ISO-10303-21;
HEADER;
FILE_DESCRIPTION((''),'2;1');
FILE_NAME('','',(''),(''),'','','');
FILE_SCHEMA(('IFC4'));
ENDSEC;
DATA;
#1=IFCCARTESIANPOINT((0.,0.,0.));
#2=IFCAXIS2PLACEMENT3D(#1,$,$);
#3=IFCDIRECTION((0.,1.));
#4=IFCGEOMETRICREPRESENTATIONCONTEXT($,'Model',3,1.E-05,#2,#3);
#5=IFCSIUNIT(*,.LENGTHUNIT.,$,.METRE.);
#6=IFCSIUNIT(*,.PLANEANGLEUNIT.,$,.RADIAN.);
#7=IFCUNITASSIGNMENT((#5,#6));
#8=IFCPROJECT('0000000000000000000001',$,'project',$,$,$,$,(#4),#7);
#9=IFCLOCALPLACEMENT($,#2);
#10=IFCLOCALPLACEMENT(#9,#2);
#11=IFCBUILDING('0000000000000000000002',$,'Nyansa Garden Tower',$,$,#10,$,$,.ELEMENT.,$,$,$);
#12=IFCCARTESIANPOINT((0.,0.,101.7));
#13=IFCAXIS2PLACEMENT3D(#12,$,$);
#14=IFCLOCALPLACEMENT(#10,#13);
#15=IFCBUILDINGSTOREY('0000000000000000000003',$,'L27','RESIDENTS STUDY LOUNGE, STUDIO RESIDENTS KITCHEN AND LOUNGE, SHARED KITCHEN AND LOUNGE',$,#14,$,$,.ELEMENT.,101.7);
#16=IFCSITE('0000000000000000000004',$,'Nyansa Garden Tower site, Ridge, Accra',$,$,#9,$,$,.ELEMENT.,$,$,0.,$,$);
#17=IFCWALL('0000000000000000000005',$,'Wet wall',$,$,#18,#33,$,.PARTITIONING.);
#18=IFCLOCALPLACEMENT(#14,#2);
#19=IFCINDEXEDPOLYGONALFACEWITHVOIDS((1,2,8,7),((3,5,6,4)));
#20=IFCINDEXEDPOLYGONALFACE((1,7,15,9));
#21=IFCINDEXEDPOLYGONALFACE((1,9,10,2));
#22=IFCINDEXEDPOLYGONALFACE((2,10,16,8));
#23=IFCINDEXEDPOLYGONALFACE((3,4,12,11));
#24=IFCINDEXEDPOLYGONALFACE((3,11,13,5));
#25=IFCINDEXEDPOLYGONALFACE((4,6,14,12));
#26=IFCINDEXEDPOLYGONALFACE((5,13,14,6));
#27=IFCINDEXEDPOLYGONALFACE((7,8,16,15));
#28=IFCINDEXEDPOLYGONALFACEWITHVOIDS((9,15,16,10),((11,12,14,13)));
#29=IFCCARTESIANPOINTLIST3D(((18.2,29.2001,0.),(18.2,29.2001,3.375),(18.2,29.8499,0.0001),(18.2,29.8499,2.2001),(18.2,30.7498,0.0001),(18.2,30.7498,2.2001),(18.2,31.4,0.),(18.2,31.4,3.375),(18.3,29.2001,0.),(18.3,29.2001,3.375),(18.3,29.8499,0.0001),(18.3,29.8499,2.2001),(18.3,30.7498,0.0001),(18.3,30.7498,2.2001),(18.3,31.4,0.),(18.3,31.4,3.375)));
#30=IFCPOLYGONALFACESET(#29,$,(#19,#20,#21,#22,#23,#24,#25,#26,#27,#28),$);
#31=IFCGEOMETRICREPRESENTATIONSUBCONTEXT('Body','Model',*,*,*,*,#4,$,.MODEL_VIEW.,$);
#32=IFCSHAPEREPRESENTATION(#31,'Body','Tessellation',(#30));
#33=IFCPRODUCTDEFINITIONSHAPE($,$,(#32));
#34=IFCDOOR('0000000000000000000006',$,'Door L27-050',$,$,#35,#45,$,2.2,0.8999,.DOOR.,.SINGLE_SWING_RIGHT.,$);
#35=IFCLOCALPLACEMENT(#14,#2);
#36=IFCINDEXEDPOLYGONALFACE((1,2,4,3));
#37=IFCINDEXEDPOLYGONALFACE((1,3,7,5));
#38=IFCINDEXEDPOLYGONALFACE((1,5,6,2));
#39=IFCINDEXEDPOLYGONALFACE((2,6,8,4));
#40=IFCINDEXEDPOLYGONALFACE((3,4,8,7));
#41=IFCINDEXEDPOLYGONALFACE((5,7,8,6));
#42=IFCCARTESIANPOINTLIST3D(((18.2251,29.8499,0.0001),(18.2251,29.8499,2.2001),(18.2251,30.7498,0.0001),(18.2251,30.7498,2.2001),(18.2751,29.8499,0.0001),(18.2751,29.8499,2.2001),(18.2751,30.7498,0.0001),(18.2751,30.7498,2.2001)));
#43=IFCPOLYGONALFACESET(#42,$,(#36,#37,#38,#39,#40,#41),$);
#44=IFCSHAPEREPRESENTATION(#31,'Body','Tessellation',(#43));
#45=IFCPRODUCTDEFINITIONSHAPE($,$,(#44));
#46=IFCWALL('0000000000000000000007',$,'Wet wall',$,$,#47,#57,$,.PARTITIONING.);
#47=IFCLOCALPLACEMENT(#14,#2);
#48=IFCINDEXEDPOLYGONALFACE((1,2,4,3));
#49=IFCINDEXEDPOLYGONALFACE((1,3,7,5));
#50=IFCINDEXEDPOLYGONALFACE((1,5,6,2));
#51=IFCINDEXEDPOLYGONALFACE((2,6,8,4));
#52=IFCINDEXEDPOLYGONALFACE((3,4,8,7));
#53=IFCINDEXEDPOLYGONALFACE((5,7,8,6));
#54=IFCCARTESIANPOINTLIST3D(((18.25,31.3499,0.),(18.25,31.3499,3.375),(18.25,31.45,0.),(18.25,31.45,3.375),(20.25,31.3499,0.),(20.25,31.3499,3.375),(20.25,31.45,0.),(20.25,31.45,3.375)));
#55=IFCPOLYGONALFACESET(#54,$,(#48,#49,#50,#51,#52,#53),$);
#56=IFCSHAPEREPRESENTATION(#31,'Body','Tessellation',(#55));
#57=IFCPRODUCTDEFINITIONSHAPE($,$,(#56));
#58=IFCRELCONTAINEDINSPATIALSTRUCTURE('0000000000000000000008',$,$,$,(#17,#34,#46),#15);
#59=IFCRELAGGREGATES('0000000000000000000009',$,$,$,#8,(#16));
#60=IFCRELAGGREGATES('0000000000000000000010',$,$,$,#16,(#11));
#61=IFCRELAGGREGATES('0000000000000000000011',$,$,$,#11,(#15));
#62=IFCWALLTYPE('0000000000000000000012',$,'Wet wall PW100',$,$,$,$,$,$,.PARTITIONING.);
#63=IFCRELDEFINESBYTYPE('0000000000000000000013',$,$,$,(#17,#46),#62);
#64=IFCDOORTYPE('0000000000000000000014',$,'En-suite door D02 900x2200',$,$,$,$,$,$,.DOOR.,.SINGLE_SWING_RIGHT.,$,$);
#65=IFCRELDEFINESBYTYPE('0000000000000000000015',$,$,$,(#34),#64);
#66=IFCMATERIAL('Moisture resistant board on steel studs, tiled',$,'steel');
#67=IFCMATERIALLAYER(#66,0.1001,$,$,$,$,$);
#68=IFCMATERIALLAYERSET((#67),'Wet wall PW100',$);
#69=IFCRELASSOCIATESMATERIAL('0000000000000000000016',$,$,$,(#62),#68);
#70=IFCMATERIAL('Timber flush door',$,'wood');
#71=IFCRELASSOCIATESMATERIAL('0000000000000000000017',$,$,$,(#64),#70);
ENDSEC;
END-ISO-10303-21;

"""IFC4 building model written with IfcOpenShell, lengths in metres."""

from ifc_helpers import new_model, si_unit, direction, frame, frame_2d, origin, place, context, subcontext, project, spatial, rectangle, extrude, material, layer, layer_set, type_object, element, fill, save


model = new_model("IFC4")

# Units and contexts
model_context = context("Model", 3, precision=1e-05, world=origin(), true_north=direction((0.0, 1.0)))
body_context = subcontext(model_context, "Body", "Model", "MODEL_VIEW")
ifc_project = project(units=[si_unit("LENGTHUNIT", "METRE"), si_unit("PLANEANGLEUNIT", "RADIAN")], contexts=[model_context])

# Site, building, storey
site_placement = place(None, origin())
site = spatial("IfcSite", under=ifc_project, at=site_placement, Name="Nyansa Garden Tower site, Ridge, Accra", CompositionType="ELEMENT", RefElevation=0.0)
building_placement = place(site_placement, origin())
building = spatial("IfcBuilding", under=site, at=building_placement, Name="Nyansa Garden Tower", CompositionType="ELEMENT")
storey_placement = place(building_placement, frame((0.0, 0.0, 101.7)))
storey = spatial("IfcBuildingStorey", under=building, at=storey_placement, Name="L27", Description="RESIDENTS STUDY LOUNGE, STUDIO RESIDENTS KITCHEN AND LOUNGE, SHARED KITCHEN AND LOUNGE", CompositionType="ELEMENT", Elevation=101.7)

# Shared definitions
ifc_material_1 = material(Name="Moisture resistant board on steel studs, tiled", Category="steel")
ifc_layer_1 = layer(ifc_material_1, 0.1001)
ifc_layer_set_1 = layer_set([ifc_layer_1], Name="Wet wall PW100")
wall_type_1 = type_object("IfcWallType", Name="Wet wall PW100", PredefinedType="PARTITIONING", material=ifc_layer_set_1)
ifc_material_2 = material(Name="Timber flush door", Category="wood")
door_type_1 = type_object("IfcDoorType", Name="En-suite door D02 900x2200", OperationType="SINGLE_SWING_RIGHT", PredefinedType="DOOR", material=ifc_material_2)

# Wall, opening, door
wall_1_placement = place(storey_placement, frame((18.25, 29.2, 0.0), z_axis=(0.0, 0.0, 1.0), x_axis=(0.0, 1.0, 0.0)))
wall_1 = element("IfcWall", 1, at=wall_1_placement, inside=storey, type_object=wall_type_1, Name="Wet wall", PredefinedType="PARTITIONING", context=body_context, shape_type="SweptSolid", body=[
    extrude(rectangle(XDim=2.2, YDim=0.1001, at=frame_2d((1.1001, 0.0))), origin(), (0.0, 0.0, 1.0), 3.375),
])
opening_1_placement = place(wall_1_placement, frame((0.6499, 0.0, 0.0)))
opening_1 = element("IfcOpeningElement", 2, at=opening_1_placement, cuts=wall_1, PredefinedType="OPENING", context=body_context, shape_type="SweptSolid", body=[
    extrude(rectangle(XDim=0.8999, YDim=2.2, at=frame_2d((0.45, 1.1001))), frame((0.0, 0.0601, 0.0), z_axis=(0.0, -1.0, 0.0), x_axis=(1.0, 0.0, 0.0)), (0.0, 0.0, 1.0), 0.1201),
])
door_1_placement = place(opening_1_placement, origin())
door_1 = element("IfcDoor", 3, at=door_1_placement, inside=storey, type_object=door_type_1, Name="Door L27-050", OperationType="SINGLE_SWING_RIGHT", OverallHeight=2.2, OverallWidth=0.8999, PredefinedType="DOOR", context=body_context, shape_type="SweptSolid", body=[
    extrude(rectangle(XDim=0.8999, YDim=2.2, at=frame_2d((0.45, 1.1001))), frame((0.0, 0.0249, 0.0), z_axis=(0.0, -1.0, 0.0), x_axis=(1.0, 0.0, 0.0)), (0.0, 0.0, 1.0), 0.05),
])
fill(opening_1, door_1)

# Wall
wall_2_placement = place(storey_placement, frame((18.25, 31.3999, 0.0), z_axis=(0.0, 0.0, 1.0), x_axis=(1.0, 0.0, 0.0)))
element("IfcWall", 4, at=wall_2_placement, inside=storey, type_object=wall_type_1, Name="Wet wall", PredefinedType="PARTITIONING", context=body_context, shape_type="SweptSolid", body=[
    extrude(rectangle(XDim=2.0, YDim=0.1001, at=frame_2d((1.0, 0.0))), origin(), (0.0, 0.0, 1.0), 3.375),
])

save(model, "model.ifc")
